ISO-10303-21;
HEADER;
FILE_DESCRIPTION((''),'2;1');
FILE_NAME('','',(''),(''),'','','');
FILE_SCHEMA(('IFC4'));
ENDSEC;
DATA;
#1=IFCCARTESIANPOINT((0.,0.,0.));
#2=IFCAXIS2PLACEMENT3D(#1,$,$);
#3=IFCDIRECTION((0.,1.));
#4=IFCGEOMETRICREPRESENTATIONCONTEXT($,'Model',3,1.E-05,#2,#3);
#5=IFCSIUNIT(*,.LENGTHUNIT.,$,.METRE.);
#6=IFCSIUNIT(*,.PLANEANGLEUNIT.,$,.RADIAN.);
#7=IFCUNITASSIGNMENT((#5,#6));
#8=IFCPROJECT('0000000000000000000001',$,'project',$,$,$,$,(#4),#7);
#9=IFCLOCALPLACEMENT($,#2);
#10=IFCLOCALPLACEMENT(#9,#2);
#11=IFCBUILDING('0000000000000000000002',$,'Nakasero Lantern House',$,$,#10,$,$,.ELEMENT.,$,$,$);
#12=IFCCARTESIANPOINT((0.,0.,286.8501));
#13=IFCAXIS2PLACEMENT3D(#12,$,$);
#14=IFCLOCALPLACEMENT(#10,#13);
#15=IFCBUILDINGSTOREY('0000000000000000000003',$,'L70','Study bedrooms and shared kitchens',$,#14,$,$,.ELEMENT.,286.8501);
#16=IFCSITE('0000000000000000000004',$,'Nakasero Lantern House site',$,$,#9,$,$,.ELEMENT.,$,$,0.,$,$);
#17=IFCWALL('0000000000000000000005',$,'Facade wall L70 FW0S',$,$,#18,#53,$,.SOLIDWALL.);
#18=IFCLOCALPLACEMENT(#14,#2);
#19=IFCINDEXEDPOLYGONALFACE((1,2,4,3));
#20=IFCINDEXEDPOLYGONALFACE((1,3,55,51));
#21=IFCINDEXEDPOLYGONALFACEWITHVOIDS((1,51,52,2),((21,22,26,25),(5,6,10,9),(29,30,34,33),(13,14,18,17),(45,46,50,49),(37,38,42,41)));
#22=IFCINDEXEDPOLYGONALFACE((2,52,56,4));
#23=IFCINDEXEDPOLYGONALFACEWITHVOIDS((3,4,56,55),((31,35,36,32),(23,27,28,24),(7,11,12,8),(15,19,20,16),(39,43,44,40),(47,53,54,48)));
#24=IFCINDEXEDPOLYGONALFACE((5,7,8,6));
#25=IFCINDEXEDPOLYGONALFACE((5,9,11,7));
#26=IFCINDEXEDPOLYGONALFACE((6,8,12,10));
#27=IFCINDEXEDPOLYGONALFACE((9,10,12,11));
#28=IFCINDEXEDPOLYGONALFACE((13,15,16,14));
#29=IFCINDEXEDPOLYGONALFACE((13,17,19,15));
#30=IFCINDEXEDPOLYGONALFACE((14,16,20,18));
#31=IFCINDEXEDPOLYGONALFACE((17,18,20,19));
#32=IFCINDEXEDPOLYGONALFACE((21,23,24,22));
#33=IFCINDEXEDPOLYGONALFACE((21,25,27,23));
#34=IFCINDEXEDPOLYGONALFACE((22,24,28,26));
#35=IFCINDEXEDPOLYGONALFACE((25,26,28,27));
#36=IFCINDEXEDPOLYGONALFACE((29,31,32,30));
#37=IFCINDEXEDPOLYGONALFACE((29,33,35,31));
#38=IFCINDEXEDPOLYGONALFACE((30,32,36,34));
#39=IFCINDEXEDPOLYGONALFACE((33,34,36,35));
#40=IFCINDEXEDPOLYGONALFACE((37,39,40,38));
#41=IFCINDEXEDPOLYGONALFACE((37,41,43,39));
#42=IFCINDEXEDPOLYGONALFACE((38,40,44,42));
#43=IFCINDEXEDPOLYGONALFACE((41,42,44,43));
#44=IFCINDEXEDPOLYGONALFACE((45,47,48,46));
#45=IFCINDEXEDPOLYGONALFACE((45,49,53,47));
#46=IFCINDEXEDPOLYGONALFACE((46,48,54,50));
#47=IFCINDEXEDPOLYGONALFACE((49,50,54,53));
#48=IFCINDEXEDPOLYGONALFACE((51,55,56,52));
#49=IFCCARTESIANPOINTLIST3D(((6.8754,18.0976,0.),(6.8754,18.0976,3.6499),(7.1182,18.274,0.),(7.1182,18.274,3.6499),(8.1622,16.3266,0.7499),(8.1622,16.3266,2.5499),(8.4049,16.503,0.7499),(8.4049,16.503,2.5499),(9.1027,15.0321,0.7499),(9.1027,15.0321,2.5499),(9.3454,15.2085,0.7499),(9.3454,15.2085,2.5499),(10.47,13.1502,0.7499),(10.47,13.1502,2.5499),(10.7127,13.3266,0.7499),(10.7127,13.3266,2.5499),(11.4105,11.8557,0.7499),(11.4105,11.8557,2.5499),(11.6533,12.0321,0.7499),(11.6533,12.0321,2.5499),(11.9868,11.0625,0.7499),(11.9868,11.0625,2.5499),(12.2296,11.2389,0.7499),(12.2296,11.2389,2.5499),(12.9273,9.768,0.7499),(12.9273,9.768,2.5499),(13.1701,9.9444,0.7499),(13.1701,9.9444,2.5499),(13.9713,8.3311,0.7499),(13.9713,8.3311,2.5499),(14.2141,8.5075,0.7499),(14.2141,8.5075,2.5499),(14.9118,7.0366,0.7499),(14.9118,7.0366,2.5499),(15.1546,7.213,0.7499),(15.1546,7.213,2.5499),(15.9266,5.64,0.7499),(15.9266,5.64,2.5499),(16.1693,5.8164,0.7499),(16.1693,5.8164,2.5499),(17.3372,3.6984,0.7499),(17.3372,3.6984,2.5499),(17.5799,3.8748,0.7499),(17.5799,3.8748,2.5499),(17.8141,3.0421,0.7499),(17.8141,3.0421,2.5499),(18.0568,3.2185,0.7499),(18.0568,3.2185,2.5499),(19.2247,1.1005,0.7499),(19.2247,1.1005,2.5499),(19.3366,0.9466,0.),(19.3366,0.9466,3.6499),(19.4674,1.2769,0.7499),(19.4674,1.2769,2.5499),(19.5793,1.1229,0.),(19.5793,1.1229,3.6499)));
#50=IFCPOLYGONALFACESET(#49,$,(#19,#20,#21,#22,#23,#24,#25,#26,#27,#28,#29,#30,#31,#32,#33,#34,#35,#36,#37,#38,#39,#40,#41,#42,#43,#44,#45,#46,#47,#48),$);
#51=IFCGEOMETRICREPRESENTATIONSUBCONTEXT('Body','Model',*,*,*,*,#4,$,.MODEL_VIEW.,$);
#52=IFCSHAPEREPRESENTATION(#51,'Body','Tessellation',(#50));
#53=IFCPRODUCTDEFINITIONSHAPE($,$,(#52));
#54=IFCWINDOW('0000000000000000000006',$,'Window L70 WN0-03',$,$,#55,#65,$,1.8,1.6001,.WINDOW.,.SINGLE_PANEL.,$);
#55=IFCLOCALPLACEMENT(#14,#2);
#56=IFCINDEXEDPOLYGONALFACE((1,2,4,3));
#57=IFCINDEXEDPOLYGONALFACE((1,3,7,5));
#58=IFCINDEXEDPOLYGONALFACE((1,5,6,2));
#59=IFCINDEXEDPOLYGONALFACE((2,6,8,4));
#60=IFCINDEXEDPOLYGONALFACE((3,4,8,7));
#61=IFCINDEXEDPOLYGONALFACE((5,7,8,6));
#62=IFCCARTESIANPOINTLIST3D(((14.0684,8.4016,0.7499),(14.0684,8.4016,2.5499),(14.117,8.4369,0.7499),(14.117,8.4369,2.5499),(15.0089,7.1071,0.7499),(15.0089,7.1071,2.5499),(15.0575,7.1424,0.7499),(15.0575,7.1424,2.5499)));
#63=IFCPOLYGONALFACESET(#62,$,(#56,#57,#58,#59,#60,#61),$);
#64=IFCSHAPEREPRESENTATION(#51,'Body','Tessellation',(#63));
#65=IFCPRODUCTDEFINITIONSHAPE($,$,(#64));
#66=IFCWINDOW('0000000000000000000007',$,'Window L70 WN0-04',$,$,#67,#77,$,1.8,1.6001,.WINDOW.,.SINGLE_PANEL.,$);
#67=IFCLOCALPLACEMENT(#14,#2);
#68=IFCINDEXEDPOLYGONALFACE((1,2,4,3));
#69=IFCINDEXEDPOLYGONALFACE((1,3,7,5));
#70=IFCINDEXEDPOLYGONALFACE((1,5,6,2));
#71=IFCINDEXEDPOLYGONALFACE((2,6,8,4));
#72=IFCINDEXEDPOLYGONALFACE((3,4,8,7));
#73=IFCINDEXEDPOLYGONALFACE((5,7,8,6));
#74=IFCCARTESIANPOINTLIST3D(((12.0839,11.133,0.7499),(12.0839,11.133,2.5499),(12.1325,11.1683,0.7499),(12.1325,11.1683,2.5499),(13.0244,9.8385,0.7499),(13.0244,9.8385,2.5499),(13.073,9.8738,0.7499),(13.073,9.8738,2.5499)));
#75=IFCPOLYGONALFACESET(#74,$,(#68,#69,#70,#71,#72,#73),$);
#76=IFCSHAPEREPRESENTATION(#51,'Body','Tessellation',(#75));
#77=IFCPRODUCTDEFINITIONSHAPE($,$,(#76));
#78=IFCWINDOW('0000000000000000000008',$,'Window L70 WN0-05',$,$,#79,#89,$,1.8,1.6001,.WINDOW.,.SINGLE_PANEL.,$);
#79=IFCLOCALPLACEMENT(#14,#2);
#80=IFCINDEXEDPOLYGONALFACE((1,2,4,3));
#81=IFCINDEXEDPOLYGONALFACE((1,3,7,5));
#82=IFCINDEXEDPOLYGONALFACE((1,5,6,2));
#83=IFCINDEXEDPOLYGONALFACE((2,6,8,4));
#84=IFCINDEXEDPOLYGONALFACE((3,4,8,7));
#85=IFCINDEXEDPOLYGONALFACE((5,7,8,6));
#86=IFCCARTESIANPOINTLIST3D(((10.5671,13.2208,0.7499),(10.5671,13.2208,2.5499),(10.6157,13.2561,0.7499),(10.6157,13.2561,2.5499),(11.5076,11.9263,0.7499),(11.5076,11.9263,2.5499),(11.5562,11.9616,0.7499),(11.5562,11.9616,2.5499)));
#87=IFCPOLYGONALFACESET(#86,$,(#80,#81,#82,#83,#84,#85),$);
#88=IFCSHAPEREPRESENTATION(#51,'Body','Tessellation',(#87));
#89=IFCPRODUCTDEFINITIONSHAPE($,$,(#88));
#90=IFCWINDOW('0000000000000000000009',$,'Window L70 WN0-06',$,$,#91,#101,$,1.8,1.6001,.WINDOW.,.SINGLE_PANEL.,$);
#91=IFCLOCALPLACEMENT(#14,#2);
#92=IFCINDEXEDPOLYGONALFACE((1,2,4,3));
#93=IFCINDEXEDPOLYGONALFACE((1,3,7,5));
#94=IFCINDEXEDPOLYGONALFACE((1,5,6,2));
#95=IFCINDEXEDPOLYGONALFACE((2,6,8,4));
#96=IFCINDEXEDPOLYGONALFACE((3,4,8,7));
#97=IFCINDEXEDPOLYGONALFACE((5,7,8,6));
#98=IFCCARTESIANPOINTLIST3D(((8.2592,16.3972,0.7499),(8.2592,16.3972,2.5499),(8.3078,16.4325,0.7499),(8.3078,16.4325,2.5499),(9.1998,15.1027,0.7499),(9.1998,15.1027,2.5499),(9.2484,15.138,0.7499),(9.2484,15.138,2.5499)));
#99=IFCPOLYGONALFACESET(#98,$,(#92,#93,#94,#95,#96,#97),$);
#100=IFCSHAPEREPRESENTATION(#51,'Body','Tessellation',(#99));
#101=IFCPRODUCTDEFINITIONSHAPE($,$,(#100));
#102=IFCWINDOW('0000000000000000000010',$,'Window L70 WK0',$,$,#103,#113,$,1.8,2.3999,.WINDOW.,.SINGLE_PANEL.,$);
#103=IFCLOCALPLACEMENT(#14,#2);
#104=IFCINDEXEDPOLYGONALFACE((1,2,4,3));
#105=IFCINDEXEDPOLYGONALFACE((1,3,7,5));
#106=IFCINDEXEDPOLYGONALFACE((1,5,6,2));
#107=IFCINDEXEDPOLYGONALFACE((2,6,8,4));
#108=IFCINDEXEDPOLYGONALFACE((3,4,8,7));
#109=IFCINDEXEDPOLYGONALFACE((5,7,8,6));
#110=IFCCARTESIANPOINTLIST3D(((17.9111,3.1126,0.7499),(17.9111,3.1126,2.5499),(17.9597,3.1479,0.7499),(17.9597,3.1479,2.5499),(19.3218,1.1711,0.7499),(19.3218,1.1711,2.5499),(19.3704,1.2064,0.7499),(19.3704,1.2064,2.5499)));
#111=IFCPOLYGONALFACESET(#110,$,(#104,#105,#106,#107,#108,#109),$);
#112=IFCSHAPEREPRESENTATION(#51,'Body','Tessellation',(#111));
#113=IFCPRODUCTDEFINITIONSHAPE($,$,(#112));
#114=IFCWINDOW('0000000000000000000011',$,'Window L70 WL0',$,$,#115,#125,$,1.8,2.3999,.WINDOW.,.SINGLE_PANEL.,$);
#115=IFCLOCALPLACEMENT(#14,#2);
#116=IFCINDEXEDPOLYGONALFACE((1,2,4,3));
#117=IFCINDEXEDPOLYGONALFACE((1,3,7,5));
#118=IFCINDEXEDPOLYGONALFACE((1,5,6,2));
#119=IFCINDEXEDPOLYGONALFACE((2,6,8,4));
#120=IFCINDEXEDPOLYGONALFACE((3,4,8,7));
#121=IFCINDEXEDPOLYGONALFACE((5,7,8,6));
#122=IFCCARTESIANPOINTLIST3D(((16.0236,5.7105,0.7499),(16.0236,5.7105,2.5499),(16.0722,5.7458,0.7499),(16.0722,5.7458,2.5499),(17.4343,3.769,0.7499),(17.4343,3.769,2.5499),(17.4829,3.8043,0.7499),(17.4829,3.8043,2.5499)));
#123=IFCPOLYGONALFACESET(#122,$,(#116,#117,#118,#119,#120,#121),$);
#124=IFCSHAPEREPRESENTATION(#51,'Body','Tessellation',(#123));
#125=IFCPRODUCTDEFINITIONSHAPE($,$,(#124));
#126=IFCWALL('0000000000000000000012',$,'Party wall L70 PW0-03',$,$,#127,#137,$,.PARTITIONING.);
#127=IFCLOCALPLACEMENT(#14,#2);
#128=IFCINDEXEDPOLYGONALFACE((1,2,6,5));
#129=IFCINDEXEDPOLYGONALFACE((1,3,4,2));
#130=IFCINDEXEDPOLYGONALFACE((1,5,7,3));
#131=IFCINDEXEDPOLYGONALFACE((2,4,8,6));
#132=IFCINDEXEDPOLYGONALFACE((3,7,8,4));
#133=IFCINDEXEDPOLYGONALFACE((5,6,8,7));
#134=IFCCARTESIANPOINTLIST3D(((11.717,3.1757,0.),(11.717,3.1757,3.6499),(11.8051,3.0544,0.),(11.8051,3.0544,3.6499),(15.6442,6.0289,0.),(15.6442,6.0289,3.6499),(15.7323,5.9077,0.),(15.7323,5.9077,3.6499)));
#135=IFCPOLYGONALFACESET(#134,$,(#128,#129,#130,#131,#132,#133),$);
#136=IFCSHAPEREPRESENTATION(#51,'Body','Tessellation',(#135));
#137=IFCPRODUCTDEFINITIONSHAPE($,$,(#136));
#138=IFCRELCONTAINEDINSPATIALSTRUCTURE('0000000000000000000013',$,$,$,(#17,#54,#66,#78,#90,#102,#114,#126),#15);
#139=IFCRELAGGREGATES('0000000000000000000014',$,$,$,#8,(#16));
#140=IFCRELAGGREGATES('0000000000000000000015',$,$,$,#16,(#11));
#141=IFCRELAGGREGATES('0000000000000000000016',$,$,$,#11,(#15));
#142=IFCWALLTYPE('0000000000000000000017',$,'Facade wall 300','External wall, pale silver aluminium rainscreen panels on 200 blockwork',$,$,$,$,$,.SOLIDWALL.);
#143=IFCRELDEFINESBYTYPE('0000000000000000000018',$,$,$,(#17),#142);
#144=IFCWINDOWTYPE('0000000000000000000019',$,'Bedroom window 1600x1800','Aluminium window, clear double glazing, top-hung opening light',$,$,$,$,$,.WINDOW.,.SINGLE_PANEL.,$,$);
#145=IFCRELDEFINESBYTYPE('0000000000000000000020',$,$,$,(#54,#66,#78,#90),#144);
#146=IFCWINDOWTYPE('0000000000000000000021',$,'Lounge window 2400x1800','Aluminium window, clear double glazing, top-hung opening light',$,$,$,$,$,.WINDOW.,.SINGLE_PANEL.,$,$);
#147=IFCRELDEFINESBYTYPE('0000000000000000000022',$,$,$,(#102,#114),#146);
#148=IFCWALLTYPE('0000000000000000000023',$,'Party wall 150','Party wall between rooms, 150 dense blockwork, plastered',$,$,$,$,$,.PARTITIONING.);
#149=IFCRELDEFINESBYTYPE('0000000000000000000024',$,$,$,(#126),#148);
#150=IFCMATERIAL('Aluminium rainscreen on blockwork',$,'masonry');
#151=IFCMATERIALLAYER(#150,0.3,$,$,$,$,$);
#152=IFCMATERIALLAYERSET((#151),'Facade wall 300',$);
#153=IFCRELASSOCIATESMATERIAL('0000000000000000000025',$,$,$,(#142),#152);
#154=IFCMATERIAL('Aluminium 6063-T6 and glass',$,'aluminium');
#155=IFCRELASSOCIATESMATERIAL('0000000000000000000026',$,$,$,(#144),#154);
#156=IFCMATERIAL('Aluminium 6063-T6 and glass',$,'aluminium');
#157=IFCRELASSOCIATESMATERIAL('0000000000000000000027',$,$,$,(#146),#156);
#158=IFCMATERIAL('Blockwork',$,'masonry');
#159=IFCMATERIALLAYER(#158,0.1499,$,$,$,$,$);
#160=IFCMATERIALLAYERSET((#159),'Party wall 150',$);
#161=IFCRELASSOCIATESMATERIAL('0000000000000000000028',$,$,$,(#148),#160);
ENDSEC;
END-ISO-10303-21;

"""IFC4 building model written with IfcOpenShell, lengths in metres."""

from ifc_helpers import new_model, si_unit, direction, frame, frame_2d, origin, place, context, subcontext, project, spatial, rectangle, extrude, material, layer, layer_set, type_object, element, fill, save


model = new_model("IFC4")

# Units and contexts
model_context = context("Model", 3, precision=1e-05, world=origin(), true_north=direction((0.0, 1.0)))
body_context = subcontext(model_context, "Body", "Model", "MODEL_VIEW")
ifc_project = project(units=[si_unit("LENGTHUNIT", "METRE"), si_unit("PLANEANGLEUNIT", "RADIAN")], contexts=[model_context])

# Site, building, storey
site_placement = place(None, origin())
site = spatial("IfcSite", under=ifc_project, at=site_placement, Name="Nakasero Lantern House site", CompositionType="ELEMENT", RefElevation=0.0)
building_placement = place(site_placement, origin())
building = spatial("IfcBuilding", under=site, at=building_placement, Name="Nakasero Lantern House", CompositionType="ELEMENT")
storey_placement = place(building_placement, frame((0.0, 0.0, 286.8501)))
storey = spatial("IfcBuildingStorey", under=building, at=storey_placement, Name="L70", Description="Study bedrooms and shared kitchens", CompositionType="ELEMENT", Elevation=286.8501)

# Wall, openings, windows
ifc_material_1 = material(Name="Aluminium rainscreen on blockwork", Category="masonry")
ifc_layer_1 = layer(ifc_material_1, 0.3)
ifc_layer_set_1 = layer_set([ifc_layer_1], Name="Facade wall 300")
wall_type_1 = type_object("IfcWallType", Name="Facade wall 300", Description="External wall, pale silver aluminium rainscreen panels on 200 blockwork", PredefinedType="SOLIDWALL", material=ifc_layer_set_1)
wall_1_placement = place(storey_placement, frame((19.458, 1.0347, 0.0), z_axis=(0.0, 0.0, 1.0), x_axis=(-0.58779, 0.809013, 0.0)))
wall_1 = element("IfcWall", 1, at=wall_1_placement, inside=storey, type_object=wall_type_1, Name="Facade wall L70 FW0S", PredefinedType="SOLIDWALL", context=body_context, shape_type="SweptSolid", body=[
    extrude(rectangle(XDim=21.2, YDim=0.3, at=frame_2d((10.6001, 0.0))), origin(), (0.0, 0.0, 1.0), 3.6499),
])
opening_1_placement = place(wall_1_placement, frame((7.5278, 0.0, 0.75)))
opening_1 = element("IfcOpeningElement", 2, at=opening_1_placement, cuts=wall_1, PredefinedType="OPENING", context=body_context, shape_type="SweptSolid", body=[
    extrude(rectangle(XDim=1.6001, YDim=1.8, at=frame_2d((0.8, 0.8999))), frame((0.0, 0.1699, 0.0), z_axis=(0.0, -1.0, 0.0), x_axis=(1.0, 0.0, 0.0)), (0.0, 0.0, 1.0), 0.3401),
])
opening_2_placement = place(wall_1_placement, frame((10.9041, 0.0, 0.75)))
opening_2 = element("IfcOpeningElement", 3, at=opening_2_placement, cuts=wall_1, PredefinedType="OPENING", context=body_context, shape_type="SweptSolid", body=[
    extrude(rectangle(XDim=1.6001, YDim=1.8, at=frame_2d((0.8, 0.8999))), frame((0.0, 0.1699, 0.0), z_axis=(0.0, -1.0, 0.0), x_axis=(1.0, 0.0, 0.0)), (0.0, 0.0, 1.0), 0.3401),
])
opening_3_placement = place(wall_1_placement, frame((13.4846, 0.0, 0.75)))
opening_3 = element("IfcOpeningElement", 4, at=opening_3_placement, cuts=wall_1, PredefinedType="OPENING", context=body_context, shape_type="SweptSolid", body=[
    extrude(rectangle(XDim=1.6001, YDim=1.8, at=frame_2d((0.8, 0.8999))), frame((0.0, 0.1699, 0.0), z_axis=(0.0, -1.0, 0.0), x_axis=(1.0, 0.0, 0.0)), (0.0, 0.0, 1.0), 0.3401),
])
opening_4_placement = place(wall_1_placement, frame((17.4109, 0.0, 0.75)))
opening_4 = element("IfcOpeningElement", 5, at=opening_4_placement, cuts=wall_1, PredefinedType="OPENING", context=body_context, shape_type="SweptSolid", body=[
    extrude(rectangle(XDim=1.6001, YDim=1.8, at=frame_2d((0.8, 0.8999))), frame((0.0, 0.1699, 0.0), z_axis=(0.0, -1.0, 0.0), x_axis=(1.0, 0.0, 0.0)), (0.0, 0.0, 1.0), 0.3401),
])
opening_5_placement = place(wall_1_placement, frame((0.1904, 0.0, 0.75)))
opening_5 = element("IfcOpeningElement", 6, at=opening_5_placement, cuts=wall_1, PredefinedType="OPENING", context=body_context, shape_type="SweptSolid", body=[
    extrude(rectangle(XDim=2.3999, YDim=1.8, at=frame_2d((1.2, 0.8999))), frame((0.0, 0.1699, 0.0), z_axis=(0.0, -1.0, 0.0), x_axis=(1.0, 0.0, 0.0)), (0.0, 0.0, 1.0), 0.3401),
])
opening_6_placement = place(wall_1_placement, frame((3.4016, 0.0, 0.75)))
opening_6 = element("IfcOpeningElement", 7, at=opening_6_placement, cuts=wall_1, PredefinedType="OPENING", context=body_context, shape_type="SweptSolid", body=[
    extrude(rectangle(XDim=2.3999, YDim=1.8, at=frame_2d((1.2, 0.8999))), frame((0.0, 0.1699, 0.0), z_axis=(0.0, -1.0, 0.0), x_axis=(1.0, 0.0, 0.0)), (0.0, 0.0, 1.0), 0.3401),
])
ifc_material_2 = material(Name="Aluminium 6063-T6 and glass", Category="aluminium")
window_type_1 = type_object("IfcWindowType", Name="Bedroom window 1600x1800", Description="Aluminium window, clear double glazing, top-hung opening light", PartitioningType="SINGLE_PANEL", PredefinedType="WINDOW", material=ifc_material_2)
window_1_placement = place(opening_1_placement, origin())
window_1 = element("IfcWindow", 8, at=window_1_placement, inside=storey, type_object=window_type_1, Name="Window L70 WN0-03", OverallHeight=1.8, OverallWidth=1.6001, PartitioningType="SINGLE_PANEL", PredefinedType="WINDOW", context=body_context, shape_type="SweptSolid", body=[
    extrude(rectangle(XDim=1.6001, YDim=1.8, at=frame_2d((0.8, 0.8999))), frame((0.0, 0.03, 0.0), z_axis=(0.0, -1.0, 0.0), x_axis=(1.0, 0.0, 0.0)), (0.0, 0.0, 1.0), 0.0601),
])
fill(opening_1, window_1)
window_2_placement = place(opening_2_placement, origin())
window_2 = element("IfcWindow", 9, at=window_2_placement, inside=storey, type_object=window_type_1, Name="Window L70 WN0-04", OverallHeight=1.8, OverallWidth=1.6001, PartitioningType="SINGLE_PANEL", PredefinedType="WINDOW", context=body_context, shape_type="SweptSolid", body=[
    extrude(rectangle(XDim=1.6001, YDim=1.8, at=frame_2d((0.8, 0.8999))), frame((0.0, 0.03, 0.0), z_axis=(0.0, -1.0, 0.0), x_axis=(1.0, 0.0, 0.0)), (0.0, 0.0, 1.0), 0.0601),
])
fill(opening_2, window_2)
window_3_placement = place(opening_3_placement, origin())
window_3 = element("IfcWindow", 10, at=window_3_placement, inside=storey, type_object=window_type_1, Name="Window L70 WN0-05", OverallHeight=1.8, OverallWidth=1.6001, PartitioningType="SINGLE_PANEL", PredefinedType="WINDOW", context=body_context, shape_type="SweptSolid", body=[
    extrude(rectangle(XDim=1.6001, YDim=1.8, at=frame_2d((0.8, 0.8999))), frame((0.0, 0.03, 0.0), z_axis=(0.0, -1.0, 0.0), x_axis=(1.0, 0.0, 0.0)), (0.0, 0.0, 1.0), 0.0601),
])
fill(opening_3, window_3)
window_4_placement = place(opening_4_placement, origin())
window_4 = element("IfcWindow", 11, at=window_4_placement, inside=storey, type_object=window_type_1, Name="Window L70 WN0-06", OverallHeight=1.8, OverallWidth=1.6001, PartitioningType="SINGLE_PANEL", PredefinedType="WINDOW", context=body_context, shape_type="SweptSolid", body=[
    extrude(rectangle(XDim=1.6001, YDim=1.8, at=frame_2d((0.8, 0.8999))), frame((0.0, 0.03, 0.0), z_axis=(0.0, -1.0, 0.0), x_axis=(1.0, 0.0, 0.0)), (0.0, 0.0, 1.0), 0.0601),
])
fill(opening_4, window_4)
ifc_material_3 = material(Name="Aluminium 6063-T6 and glass", Category="aluminium")
window_type_2 = type_object("IfcWindowType", Name="Lounge window 2400x1800", Description="Aluminium window, clear double glazing, top-hung opening light", PartitioningType="SINGLE_PANEL", PredefinedType="WINDOW", material=ifc_material_3)
window_5_placement = place(opening_5_placement, origin())
window_5 = element("IfcWindow", 12, at=window_5_placement, inside=storey, type_object=window_type_2, Name="Window L70 WK0", OverallHeight=1.8, OverallWidth=2.3999, PartitioningType="SINGLE_PANEL", PredefinedType="WINDOW", context=body_context, shape_type="SweptSolid", body=[
    extrude(rectangle(XDim=2.3999, YDim=1.8, at=frame_2d((1.2, 0.8999))), frame((0.0, 0.03, 0.0), z_axis=(0.0, -1.0, 0.0), x_axis=(1.0, 0.0, 0.0)), (0.0, 0.0, 1.0), 0.0601),
])
fill(opening_5, window_5)
window_6_placement = place(opening_6_placement, origin())
window_6 = element("IfcWindow", 13, at=window_6_placement, inside=storey, type_object=window_type_2, Name="Window L70 WL0", OverallHeight=1.8, OverallWidth=2.3999, PartitioningType="SINGLE_PANEL", PredefinedType="WINDOW", context=body_context, shape_type="SweptSolid", body=[
    extrude(rectangle(XDim=2.3999, YDim=1.8, at=frame_2d((1.2, 0.8999))), frame((0.0, 0.03, 0.0), z_axis=(0.0, -1.0, 0.0), x_axis=(1.0, 0.0, 0.0)), (0.0, 0.0, 1.0), 0.0601),
])
fill(opening_6, window_6)

# Wall
ifc_material_4 = material(Name="Blockwork", Category="masonry")
ifc_layer_2 = layer(ifc_material_4, 0.1499)
ifc_layer_set_2 = layer_set([ifc_layer_2], Name="Party wall 150")
wall_type_2 = type_object("IfcWallType", Name="Party wall 150", Description="Party wall between rooms, 150 dense blockwork, plastered", PredefinedType="PARTITIONING", material=ifc_layer_set_2)
wall_2_placement = place(storey_placement, frame((11.761, 3.115, 0.0), z_axis=(0.0, 0.0, 1.0), x_axis=(0.809021, 0.58778, 0.0)))
element("IfcWall", 14, at=wall_2_placement, inside=storey, type_object=wall_type_2, Name="Party wall L70 PW0-03", PredefinedType="PARTITIONING", context=body_context, shape_type="SweptSolid", body=[
    extrude(rectangle(XDim=4.8542, YDim=0.1499, at=frame_2d((2.4272, 0.0))), origin(), (0.0, 0.0, 1.0), 3.6499),
])

save(model, "model.ifc")
